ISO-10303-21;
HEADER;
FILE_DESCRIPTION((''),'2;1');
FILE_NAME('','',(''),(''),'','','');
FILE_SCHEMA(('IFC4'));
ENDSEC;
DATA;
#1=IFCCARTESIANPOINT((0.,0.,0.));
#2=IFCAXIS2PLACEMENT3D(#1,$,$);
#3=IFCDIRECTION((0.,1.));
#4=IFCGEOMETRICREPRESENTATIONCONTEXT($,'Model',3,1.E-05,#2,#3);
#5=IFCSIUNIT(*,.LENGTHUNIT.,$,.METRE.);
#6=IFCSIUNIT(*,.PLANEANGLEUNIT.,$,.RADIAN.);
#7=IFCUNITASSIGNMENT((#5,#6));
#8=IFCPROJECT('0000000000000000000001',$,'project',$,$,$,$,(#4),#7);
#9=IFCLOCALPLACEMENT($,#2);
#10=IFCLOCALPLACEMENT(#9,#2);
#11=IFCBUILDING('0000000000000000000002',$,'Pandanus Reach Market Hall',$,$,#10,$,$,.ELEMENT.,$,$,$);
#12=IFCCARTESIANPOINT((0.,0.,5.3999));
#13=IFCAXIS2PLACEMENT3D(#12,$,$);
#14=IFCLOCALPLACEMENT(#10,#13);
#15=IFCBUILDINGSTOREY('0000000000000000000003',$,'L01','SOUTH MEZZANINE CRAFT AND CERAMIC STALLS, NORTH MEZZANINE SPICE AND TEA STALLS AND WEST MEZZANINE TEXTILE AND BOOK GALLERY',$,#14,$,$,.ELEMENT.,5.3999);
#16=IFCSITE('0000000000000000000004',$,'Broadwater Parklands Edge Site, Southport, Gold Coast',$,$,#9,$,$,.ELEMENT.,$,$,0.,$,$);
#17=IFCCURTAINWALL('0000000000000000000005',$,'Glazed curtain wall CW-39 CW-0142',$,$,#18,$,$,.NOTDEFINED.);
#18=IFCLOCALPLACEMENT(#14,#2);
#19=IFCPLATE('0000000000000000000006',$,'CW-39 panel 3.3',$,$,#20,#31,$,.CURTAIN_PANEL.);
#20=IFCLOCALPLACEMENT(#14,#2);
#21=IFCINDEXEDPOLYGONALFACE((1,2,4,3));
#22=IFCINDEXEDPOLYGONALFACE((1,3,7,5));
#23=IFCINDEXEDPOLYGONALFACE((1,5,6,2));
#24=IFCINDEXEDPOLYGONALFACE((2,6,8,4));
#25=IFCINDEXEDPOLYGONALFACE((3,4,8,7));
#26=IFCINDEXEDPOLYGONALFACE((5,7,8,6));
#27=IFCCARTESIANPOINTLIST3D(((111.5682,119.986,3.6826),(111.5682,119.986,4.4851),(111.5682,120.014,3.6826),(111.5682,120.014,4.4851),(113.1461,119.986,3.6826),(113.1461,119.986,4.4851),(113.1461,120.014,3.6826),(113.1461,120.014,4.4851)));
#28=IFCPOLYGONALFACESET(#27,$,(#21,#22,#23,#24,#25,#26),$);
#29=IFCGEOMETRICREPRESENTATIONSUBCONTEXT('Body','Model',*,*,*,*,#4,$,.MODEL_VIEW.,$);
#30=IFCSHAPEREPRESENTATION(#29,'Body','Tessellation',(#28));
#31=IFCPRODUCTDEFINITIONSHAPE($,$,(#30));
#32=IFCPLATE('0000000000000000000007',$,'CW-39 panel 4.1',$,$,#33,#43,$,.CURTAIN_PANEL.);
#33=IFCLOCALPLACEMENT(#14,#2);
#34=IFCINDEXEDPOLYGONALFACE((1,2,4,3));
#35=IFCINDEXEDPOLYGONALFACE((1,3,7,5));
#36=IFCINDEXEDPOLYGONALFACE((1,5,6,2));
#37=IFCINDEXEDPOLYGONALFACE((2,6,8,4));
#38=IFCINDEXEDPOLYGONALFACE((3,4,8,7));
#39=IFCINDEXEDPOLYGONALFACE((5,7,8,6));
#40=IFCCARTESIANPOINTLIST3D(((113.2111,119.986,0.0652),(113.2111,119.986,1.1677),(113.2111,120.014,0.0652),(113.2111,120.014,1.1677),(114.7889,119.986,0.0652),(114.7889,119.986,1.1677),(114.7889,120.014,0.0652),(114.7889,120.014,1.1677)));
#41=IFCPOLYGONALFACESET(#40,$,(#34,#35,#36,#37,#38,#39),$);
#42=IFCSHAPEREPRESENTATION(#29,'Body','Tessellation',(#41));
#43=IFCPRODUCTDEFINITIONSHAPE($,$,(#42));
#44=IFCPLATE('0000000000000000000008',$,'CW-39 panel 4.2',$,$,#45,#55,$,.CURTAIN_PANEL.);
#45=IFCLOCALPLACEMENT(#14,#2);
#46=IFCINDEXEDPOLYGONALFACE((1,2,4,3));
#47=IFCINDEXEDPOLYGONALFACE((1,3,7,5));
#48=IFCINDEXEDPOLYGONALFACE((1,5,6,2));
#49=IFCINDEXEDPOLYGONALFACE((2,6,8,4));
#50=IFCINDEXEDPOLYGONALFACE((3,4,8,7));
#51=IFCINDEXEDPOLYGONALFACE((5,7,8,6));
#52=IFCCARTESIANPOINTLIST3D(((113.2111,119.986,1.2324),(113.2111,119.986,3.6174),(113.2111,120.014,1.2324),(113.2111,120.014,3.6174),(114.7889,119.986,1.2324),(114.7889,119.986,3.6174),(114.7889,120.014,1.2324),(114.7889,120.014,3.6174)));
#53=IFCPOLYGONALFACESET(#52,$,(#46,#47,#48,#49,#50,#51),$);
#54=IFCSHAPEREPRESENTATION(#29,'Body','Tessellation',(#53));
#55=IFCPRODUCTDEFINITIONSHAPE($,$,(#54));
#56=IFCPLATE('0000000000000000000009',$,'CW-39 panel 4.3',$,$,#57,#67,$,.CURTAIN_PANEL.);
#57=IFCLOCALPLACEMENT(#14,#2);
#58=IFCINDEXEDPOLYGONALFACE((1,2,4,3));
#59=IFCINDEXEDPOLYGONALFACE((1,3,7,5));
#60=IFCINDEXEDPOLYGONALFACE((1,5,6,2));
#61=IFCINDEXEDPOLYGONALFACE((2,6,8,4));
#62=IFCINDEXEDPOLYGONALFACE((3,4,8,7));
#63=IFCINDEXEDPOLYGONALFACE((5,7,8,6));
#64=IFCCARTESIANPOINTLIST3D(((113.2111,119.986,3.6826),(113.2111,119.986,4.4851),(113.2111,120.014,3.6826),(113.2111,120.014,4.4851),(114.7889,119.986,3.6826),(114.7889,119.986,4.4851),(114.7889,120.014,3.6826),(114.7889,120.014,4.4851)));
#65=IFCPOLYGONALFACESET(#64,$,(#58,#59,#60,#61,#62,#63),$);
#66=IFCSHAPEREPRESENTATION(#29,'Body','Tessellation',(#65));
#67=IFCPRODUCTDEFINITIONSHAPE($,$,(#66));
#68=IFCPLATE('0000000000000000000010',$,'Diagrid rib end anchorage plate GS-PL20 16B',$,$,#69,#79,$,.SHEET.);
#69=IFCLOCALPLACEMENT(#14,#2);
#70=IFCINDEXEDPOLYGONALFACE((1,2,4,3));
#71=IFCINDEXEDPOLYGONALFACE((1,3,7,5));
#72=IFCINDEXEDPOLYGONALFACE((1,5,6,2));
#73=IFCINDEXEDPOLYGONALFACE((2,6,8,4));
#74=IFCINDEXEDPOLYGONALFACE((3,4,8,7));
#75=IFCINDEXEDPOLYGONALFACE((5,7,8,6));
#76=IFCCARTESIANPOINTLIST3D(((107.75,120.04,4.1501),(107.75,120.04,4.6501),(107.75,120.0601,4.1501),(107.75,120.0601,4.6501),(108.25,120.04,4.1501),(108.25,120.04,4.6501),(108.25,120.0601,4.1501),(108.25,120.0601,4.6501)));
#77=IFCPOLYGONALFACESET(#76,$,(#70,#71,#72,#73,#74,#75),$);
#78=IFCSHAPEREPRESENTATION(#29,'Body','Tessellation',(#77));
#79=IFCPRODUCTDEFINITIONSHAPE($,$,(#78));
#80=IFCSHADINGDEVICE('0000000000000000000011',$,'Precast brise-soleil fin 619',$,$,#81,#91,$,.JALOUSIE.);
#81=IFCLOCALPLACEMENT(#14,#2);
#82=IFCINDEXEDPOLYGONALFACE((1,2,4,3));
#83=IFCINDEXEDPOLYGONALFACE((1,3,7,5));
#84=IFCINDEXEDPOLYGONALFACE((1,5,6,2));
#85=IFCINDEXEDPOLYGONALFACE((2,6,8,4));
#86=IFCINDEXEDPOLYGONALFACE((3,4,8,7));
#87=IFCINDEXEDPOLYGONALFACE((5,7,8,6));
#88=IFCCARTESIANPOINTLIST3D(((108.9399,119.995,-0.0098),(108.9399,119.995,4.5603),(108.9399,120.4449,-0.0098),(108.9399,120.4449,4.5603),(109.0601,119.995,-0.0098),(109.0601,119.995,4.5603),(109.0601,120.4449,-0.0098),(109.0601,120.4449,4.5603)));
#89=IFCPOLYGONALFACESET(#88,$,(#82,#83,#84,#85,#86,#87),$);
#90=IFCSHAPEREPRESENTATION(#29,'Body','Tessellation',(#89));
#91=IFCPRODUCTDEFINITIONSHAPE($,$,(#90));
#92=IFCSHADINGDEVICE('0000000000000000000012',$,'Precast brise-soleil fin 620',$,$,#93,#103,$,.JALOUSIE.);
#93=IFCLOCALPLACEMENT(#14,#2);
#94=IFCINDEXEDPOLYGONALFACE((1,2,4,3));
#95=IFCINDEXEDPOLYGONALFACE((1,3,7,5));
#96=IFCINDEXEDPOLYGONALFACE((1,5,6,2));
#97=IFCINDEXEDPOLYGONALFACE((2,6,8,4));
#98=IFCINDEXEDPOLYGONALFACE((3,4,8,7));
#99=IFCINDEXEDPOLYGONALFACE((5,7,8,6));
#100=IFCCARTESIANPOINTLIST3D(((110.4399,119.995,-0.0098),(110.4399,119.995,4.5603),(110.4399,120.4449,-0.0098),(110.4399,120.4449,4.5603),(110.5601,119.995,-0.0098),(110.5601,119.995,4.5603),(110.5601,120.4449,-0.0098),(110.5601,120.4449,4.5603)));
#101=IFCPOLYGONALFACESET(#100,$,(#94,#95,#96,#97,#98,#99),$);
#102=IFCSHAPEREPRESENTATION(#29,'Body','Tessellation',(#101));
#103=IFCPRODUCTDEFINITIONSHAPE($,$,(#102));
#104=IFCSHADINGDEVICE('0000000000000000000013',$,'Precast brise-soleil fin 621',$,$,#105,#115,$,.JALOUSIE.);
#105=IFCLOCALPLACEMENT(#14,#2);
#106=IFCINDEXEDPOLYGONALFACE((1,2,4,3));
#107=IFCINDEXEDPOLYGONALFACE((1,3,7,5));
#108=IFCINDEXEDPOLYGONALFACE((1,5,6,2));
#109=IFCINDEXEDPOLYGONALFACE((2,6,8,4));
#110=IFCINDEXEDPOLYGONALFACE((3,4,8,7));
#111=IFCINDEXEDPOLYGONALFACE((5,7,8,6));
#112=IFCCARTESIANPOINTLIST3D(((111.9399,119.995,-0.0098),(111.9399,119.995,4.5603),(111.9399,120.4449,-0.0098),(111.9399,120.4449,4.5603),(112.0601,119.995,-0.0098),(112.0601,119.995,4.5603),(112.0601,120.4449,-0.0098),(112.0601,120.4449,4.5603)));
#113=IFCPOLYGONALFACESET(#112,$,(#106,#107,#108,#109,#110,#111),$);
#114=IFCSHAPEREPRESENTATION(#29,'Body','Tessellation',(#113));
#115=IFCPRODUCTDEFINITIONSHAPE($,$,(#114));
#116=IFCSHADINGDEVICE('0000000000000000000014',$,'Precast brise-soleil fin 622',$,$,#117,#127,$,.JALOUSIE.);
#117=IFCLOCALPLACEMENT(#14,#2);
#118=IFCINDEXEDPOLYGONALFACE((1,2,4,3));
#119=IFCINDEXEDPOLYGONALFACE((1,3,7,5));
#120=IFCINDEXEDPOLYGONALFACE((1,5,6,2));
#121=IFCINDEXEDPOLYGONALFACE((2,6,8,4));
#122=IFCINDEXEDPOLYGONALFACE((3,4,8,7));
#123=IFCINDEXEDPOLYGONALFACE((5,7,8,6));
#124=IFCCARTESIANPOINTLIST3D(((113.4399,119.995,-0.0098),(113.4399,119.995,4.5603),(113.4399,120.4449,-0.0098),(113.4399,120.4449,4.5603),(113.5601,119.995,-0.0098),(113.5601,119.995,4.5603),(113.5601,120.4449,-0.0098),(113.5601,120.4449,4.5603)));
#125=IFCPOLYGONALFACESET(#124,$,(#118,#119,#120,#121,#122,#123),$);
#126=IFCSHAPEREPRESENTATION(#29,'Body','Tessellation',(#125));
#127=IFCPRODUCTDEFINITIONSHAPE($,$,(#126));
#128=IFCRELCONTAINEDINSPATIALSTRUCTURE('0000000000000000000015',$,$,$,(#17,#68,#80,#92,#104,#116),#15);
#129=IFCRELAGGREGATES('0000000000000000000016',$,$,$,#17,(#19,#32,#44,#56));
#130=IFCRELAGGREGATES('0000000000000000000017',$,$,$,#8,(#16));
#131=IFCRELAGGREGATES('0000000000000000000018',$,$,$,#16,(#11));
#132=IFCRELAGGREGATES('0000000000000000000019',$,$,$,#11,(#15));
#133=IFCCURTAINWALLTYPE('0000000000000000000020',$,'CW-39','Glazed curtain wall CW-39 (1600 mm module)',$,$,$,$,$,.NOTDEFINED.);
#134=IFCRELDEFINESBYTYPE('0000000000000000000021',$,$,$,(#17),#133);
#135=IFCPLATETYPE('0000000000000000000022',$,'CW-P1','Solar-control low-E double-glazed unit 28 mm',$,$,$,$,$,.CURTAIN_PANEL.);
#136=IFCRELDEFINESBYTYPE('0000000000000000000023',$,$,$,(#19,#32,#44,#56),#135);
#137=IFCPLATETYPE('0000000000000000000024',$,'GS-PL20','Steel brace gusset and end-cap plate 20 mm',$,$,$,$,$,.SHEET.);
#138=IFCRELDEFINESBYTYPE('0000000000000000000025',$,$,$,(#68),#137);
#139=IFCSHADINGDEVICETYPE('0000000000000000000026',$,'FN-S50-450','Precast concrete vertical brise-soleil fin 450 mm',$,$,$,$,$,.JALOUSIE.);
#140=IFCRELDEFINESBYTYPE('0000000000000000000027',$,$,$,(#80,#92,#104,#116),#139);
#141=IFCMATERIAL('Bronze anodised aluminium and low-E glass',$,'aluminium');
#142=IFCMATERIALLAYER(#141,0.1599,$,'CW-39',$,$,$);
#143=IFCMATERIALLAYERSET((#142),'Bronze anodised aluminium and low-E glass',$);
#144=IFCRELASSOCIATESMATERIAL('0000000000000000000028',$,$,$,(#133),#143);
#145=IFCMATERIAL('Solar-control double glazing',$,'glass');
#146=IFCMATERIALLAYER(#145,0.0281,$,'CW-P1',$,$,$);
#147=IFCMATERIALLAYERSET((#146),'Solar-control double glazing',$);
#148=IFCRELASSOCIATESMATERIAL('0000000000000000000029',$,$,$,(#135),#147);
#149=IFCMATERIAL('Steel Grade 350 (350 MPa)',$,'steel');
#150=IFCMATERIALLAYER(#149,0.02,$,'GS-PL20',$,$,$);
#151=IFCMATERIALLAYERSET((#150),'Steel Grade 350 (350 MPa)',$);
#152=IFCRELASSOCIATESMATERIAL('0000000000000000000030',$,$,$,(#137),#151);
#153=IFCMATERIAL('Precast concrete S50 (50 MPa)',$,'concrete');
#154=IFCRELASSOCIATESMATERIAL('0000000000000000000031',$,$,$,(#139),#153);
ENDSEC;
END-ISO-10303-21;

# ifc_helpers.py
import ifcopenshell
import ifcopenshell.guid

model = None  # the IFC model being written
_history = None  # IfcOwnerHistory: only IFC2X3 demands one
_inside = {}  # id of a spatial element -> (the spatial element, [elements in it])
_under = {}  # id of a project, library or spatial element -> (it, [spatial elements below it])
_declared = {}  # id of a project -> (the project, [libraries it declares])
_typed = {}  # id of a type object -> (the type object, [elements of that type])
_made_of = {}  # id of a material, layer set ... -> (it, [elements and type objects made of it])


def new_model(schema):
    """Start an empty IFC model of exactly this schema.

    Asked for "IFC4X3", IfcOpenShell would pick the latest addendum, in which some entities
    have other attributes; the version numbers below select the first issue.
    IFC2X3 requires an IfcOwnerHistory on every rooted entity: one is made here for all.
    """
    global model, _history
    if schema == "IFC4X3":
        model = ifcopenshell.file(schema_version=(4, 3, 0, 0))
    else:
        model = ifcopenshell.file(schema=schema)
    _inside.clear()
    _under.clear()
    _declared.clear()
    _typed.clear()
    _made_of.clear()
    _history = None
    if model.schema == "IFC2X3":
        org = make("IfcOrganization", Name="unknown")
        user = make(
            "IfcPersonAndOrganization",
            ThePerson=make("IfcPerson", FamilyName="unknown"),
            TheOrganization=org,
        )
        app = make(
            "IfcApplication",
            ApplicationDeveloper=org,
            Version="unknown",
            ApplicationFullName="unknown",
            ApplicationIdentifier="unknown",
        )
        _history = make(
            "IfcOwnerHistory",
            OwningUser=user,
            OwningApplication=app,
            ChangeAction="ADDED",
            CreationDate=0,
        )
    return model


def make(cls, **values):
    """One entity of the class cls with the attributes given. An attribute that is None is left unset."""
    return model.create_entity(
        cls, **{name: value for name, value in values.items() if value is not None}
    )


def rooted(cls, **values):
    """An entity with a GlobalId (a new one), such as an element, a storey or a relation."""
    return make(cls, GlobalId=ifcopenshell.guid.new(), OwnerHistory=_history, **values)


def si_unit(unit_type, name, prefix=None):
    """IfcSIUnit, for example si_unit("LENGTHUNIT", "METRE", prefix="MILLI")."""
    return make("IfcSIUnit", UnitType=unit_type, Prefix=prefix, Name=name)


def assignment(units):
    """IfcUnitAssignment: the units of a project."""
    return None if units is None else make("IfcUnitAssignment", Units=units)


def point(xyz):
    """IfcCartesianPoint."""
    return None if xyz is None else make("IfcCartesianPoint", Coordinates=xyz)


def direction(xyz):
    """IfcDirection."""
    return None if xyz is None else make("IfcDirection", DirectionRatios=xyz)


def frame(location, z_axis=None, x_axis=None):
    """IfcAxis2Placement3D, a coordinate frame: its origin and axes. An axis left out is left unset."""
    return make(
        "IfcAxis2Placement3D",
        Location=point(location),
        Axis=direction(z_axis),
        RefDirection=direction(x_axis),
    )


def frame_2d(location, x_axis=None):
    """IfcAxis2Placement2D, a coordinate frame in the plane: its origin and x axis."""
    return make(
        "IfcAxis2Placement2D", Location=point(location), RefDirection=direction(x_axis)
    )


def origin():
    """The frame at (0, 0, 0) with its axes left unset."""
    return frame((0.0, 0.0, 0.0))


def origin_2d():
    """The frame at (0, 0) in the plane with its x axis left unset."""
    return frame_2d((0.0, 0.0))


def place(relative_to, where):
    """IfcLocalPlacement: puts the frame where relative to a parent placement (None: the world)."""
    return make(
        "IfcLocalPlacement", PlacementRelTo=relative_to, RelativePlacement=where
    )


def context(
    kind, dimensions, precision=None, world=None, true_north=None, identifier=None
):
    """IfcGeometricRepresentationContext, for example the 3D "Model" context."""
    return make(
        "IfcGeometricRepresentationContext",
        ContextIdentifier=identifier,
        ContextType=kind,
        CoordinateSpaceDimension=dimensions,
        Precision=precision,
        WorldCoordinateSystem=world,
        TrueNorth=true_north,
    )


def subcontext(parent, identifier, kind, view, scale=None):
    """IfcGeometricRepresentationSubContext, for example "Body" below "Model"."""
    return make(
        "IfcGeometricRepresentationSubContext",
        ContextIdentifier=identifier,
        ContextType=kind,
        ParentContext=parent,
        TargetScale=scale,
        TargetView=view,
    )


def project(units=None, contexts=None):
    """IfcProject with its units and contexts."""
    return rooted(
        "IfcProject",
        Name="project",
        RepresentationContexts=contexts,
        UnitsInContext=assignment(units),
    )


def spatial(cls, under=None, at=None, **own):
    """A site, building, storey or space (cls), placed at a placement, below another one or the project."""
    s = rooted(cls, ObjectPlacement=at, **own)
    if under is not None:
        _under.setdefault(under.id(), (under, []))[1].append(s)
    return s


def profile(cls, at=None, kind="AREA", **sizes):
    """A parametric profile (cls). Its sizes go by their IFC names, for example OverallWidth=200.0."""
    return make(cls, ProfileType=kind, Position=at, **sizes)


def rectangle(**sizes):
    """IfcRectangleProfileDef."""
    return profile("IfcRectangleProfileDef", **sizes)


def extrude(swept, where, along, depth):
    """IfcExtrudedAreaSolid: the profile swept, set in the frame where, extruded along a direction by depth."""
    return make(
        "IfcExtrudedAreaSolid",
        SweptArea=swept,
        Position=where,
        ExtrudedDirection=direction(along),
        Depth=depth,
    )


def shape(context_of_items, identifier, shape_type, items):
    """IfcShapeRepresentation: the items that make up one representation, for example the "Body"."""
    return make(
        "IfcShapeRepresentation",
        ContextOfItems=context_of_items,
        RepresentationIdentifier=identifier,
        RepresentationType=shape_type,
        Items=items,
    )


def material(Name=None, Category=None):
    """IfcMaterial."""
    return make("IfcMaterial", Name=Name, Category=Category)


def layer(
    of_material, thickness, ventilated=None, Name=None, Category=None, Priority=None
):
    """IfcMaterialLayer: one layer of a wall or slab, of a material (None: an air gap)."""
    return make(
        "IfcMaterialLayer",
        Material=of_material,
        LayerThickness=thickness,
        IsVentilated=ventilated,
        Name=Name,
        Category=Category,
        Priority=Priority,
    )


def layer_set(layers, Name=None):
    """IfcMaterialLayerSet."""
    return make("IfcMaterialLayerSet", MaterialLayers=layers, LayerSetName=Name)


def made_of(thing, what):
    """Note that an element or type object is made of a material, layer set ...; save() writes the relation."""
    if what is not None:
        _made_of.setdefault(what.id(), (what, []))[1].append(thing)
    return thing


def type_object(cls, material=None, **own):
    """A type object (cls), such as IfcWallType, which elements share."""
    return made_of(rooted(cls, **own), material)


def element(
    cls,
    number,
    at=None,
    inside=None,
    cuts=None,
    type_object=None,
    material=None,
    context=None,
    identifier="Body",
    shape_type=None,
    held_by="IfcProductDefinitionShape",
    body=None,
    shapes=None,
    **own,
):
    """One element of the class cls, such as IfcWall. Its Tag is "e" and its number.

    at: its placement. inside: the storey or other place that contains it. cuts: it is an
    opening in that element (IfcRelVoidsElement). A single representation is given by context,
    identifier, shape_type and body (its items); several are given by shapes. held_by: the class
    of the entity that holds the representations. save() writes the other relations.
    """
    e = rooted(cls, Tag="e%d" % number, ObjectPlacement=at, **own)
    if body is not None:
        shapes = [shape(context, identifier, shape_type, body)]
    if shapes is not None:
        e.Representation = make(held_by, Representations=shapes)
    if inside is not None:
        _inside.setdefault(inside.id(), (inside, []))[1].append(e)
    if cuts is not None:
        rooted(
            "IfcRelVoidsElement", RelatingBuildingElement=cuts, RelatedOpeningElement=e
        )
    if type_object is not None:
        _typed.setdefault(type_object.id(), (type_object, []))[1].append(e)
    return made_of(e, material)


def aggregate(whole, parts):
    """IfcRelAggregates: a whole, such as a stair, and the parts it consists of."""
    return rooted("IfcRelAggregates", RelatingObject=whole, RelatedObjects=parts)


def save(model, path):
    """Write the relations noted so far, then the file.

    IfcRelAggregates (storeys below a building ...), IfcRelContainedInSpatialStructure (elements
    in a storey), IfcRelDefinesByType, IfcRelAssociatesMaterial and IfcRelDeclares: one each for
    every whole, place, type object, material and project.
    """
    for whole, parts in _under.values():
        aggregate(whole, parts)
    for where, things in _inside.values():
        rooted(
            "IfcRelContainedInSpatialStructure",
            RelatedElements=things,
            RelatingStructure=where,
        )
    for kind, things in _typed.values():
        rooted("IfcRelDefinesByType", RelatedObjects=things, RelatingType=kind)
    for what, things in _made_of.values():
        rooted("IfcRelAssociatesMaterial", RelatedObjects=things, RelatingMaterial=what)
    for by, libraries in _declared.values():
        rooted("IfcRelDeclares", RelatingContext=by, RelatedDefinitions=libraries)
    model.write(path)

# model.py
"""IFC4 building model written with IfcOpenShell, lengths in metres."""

from ifc_helpers import new_model, si_unit, direction, frame, origin, origin_2d, place, context, subcontext, project, spatial, rectangle, extrude, material, layer, layer_set, type_object, element, aggregate, save


model = new_model("IFC4")

# Units and contexts
model_context = context("Model", 3, precision=1e-05, world=origin(), true_north=direction((0.0, 1.0)))
body_context = subcontext(model_context, "Body", "Model", "MODEL_VIEW")
ifc_project = project(units=[si_unit("LENGTHUNIT", "METRE"), si_unit("PLANEANGLEUNIT", "RADIAN")], contexts=[model_context])

# Site, building, storey
site_placement = place(None, origin())
site = spatial("IfcSite", under=ifc_project, at=site_placement, Name="Broadwater Parklands Edge Site, Southport, Gold Coast", CompositionType="ELEMENT", RefElevation=0.0)
building_placement = place(site_placement, origin())
building = spatial("IfcBuilding", under=site, at=building_placement, Name="Pandanus Reach Market Hall", CompositionType="ELEMENT")
storey_placement = place(building_placement, frame((0.0, 0.0, 5.3999)))
storey = spatial("IfcBuildingStorey", under=building, at=storey_placement, Name="L01", Description="SOUTH MEZZANINE CRAFT AND CERAMIC STALLS, NORTH MEZZANINE SPICE AND TEA STALLS AND WEST MEZZANINE TEXTILE AND BOOK GALLERY", CompositionType="ELEMENT", Elevation=5.3999)

# Curtain wall, plates
ifc_material_1 = material(Name="Bronze anodised aluminium and low-E glass", Category="aluminium")
ifc_layer_1 = layer(ifc_material_1, 0.1599, Name="CW-39")
ifc_layer_set_1 = layer_set([ifc_layer_1], Name="Bronze anodised aluminium and low-E glass")
curtain_wall_type = type_object("IfcCurtainWallType", Name="CW-39", Description="Glazed curtain wall CW-39 (1600 mm module)", PredefinedType="NOTDEFINED", material=ifc_layer_set_1)
curtain_wall_placement = place(storey_placement, origin())
curtain_wall = element("IfcCurtainWall", 1, at=curtain_wall_placement, inside=storey, type_object=curtain_wall_type, Name="Glazed curtain wall CW-39 CW-0142", PredefinedType="NOTDEFINED")
ifc_material_2 = material(Name="Solar-control double glazing", Category="glass")
ifc_layer_2 = layer(ifc_material_2, 0.0281, Name="CW-P1")
ifc_layer_set_2 = layer_set([ifc_layer_2], Name="Solar-control double glazing")
plate_type_1 = type_object("IfcPlateType", Name="CW-P1", Description="Solar-control low-E double-glazed unit 28 mm", PredefinedType="CURTAIN_PANEL", material=ifc_layer_set_2)
plate_1_placement = place(storey_placement, frame((112.3572, 120.0, 3.6826), z_axis=(0.0, 0.0, 1.0), x_axis=(1.0, 0.0, 0.0)))
plate_1 = element("IfcPlate", 2, at=plate_1_placement, type_object=plate_type_1, Name="CW-39 panel 3.3", PredefinedType="CURTAIN_PANEL", context=body_context, shape_type="SweptSolid", body=[
    extrude(rectangle(XDim=1.5779, YDim=0.0281, at=origin_2d()), origin(), (0.0, 0.0, 1.0), 0.8025),
])
plate_2_placement = place(storey_placement, frame((114.0, 120.0, 0.0652), z_axis=(0.0, 0.0, 1.0), x_axis=(1.0, 0.0, 0.0)))
plate_2 = element("IfcPlate", 3, at=plate_2_placement, type_object=plate_type_1, Name="CW-39 panel 4.1", PredefinedType="CURTAIN_PANEL", context=body_context, shape_type="SweptSolid", body=[
    extrude(rectangle(XDim=1.5779, YDim=0.0281, at=origin_2d()), origin(), (0.0, 0.0, 1.0), 1.1025),
])
plate_3_placement = place(storey_placement, frame((114.0, 120.0, 1.2324), z_axis=(0.0, 0.0, 1.0), x_axis=(1.0, 0.0, 0.0)))
plate_3 = element("IfcPlate", 4, at=plate_3_placement, type_object=plate_type_1, Name="CW-39 panel 4.2", PredefinedType="CURTAIN_PANEL", context=body_context, shape_type="SweptSolid", body=[
    extrude(rectangle(XDim=1.5779, YDim=0.0281, at=origin_2d()), origin(), (0.0, 0.0, 1.0), 2.385),
])
plate_4_placement = place(storey_placement, frame((114.0, 120.0, 3.6826), z_axis=(0.0, 0.0, 1.0), x_axis=(1.0, 0.0, 0.0)))
plate_4 = element("IfcPlate", 5, at=plate_4_placement, type_object=plate_type_1, Name="CW-39 panel 4.3", PredefinedType="CURTAIN_PANEL", context=body_context, shape_type="SweptSolid", body=[
    extrude(rectangle(XDim=1.5779, YDim=0.0281, at=origin_2d()), origin(), (0.0, 0.0, 1.0), 0.8025),
])
aggregate(curtain_wall, [plate_1, plate_2, plate_3, plate_4])

# Plate
ifc_material_3 = material(Name="Steel Grade 350 (350 MPa)", Category="steel")
ifc_layer_3 = layer(ifc_material_3, 0.02, Name="GS-PL20")
ifc_layer_set_3 = layer_set([ifc_layer_3], Name="Steel Grade 350 (350 MPa)")
plate_type_2 = type_object("IfcPlateType", Name="GS-PL20", Description="Steel brace gusset and end-cap plate 20 mm", PredefinedType="SHEET", material=ifc_layer_set_3)
plate_5_placement = place(storey_placement, frame((108.0, 120.05, 4.1501), z_axis=(0.0, 0.0, 1.0), x_axis=(1.0, 0.0, 0.0)))
element("IfcPlate", 6, at=plate_5_placement, inside=storey, type_object=plate_type_2, Name="Diagrid rib end anchorage plate GS-PL20 16B", PredefinedType="SHEET", context=body_context, shape_type="SweptSolid", body=[
    extrude(rectangle(XDim=0.5, YDim=0.02, at=origin_2d()), origin(), (0.0, 0.0, 1.0), 0.5),
])

# Shading devices
ifc_material_4 = material(Name="Precast concrete S50 (50 MPa)", Category="concrete")
shading_device_type = type_object("IfcShadingDeviceType", Name="FN-S50-450", Description="Precast concrete vertical brise-soleil fin 450 mm", PredefinedType="JALOUSIE", material=ifc_material_4)
for number, where, z_axis, x_axis, name in (
    (7, (109.0, 120.22, -0.0098), (0.0, 0.0, 1.0), (0.0, 1.0, 0.0), "Precast brise-soleil fin 619"),
    (8, (110.5, 120.22, -0.0098), (0.0, 0.0, 1.0), (0.0, 1.0, 0.0), "Precast brise-soleil fin 620"),
    (9, (112.0, 120.22, -0.0098), (0.0, 0.0, 1.0), (0.0, 1.0, 0.0), "Precast brise-soleil fin 621"),
    (10, (113.5, 120.22, -0.0098), (0.0, 0.0, 1.0), (0.0, 1.0, 0.0), "Precast brise-soleil fin 622"),
):
    element("IfcShadingDevice", number, at=place(storey_placement, frame(where, z_axis=z_axis, x_axis=x_axis)), inside=storey, type_object=shading_device_type, Name=name, PredefinedType="JALOUSIE", context=body_context, shape_type="SweptSolid", body=[
        extrude(rectangle(XDim=0.45, YDim=0.1201, at=origin_2d()), origin(), (0.0, 0.0, 1.0), 4.5701),
    ])

save(model, "model.ifc")
